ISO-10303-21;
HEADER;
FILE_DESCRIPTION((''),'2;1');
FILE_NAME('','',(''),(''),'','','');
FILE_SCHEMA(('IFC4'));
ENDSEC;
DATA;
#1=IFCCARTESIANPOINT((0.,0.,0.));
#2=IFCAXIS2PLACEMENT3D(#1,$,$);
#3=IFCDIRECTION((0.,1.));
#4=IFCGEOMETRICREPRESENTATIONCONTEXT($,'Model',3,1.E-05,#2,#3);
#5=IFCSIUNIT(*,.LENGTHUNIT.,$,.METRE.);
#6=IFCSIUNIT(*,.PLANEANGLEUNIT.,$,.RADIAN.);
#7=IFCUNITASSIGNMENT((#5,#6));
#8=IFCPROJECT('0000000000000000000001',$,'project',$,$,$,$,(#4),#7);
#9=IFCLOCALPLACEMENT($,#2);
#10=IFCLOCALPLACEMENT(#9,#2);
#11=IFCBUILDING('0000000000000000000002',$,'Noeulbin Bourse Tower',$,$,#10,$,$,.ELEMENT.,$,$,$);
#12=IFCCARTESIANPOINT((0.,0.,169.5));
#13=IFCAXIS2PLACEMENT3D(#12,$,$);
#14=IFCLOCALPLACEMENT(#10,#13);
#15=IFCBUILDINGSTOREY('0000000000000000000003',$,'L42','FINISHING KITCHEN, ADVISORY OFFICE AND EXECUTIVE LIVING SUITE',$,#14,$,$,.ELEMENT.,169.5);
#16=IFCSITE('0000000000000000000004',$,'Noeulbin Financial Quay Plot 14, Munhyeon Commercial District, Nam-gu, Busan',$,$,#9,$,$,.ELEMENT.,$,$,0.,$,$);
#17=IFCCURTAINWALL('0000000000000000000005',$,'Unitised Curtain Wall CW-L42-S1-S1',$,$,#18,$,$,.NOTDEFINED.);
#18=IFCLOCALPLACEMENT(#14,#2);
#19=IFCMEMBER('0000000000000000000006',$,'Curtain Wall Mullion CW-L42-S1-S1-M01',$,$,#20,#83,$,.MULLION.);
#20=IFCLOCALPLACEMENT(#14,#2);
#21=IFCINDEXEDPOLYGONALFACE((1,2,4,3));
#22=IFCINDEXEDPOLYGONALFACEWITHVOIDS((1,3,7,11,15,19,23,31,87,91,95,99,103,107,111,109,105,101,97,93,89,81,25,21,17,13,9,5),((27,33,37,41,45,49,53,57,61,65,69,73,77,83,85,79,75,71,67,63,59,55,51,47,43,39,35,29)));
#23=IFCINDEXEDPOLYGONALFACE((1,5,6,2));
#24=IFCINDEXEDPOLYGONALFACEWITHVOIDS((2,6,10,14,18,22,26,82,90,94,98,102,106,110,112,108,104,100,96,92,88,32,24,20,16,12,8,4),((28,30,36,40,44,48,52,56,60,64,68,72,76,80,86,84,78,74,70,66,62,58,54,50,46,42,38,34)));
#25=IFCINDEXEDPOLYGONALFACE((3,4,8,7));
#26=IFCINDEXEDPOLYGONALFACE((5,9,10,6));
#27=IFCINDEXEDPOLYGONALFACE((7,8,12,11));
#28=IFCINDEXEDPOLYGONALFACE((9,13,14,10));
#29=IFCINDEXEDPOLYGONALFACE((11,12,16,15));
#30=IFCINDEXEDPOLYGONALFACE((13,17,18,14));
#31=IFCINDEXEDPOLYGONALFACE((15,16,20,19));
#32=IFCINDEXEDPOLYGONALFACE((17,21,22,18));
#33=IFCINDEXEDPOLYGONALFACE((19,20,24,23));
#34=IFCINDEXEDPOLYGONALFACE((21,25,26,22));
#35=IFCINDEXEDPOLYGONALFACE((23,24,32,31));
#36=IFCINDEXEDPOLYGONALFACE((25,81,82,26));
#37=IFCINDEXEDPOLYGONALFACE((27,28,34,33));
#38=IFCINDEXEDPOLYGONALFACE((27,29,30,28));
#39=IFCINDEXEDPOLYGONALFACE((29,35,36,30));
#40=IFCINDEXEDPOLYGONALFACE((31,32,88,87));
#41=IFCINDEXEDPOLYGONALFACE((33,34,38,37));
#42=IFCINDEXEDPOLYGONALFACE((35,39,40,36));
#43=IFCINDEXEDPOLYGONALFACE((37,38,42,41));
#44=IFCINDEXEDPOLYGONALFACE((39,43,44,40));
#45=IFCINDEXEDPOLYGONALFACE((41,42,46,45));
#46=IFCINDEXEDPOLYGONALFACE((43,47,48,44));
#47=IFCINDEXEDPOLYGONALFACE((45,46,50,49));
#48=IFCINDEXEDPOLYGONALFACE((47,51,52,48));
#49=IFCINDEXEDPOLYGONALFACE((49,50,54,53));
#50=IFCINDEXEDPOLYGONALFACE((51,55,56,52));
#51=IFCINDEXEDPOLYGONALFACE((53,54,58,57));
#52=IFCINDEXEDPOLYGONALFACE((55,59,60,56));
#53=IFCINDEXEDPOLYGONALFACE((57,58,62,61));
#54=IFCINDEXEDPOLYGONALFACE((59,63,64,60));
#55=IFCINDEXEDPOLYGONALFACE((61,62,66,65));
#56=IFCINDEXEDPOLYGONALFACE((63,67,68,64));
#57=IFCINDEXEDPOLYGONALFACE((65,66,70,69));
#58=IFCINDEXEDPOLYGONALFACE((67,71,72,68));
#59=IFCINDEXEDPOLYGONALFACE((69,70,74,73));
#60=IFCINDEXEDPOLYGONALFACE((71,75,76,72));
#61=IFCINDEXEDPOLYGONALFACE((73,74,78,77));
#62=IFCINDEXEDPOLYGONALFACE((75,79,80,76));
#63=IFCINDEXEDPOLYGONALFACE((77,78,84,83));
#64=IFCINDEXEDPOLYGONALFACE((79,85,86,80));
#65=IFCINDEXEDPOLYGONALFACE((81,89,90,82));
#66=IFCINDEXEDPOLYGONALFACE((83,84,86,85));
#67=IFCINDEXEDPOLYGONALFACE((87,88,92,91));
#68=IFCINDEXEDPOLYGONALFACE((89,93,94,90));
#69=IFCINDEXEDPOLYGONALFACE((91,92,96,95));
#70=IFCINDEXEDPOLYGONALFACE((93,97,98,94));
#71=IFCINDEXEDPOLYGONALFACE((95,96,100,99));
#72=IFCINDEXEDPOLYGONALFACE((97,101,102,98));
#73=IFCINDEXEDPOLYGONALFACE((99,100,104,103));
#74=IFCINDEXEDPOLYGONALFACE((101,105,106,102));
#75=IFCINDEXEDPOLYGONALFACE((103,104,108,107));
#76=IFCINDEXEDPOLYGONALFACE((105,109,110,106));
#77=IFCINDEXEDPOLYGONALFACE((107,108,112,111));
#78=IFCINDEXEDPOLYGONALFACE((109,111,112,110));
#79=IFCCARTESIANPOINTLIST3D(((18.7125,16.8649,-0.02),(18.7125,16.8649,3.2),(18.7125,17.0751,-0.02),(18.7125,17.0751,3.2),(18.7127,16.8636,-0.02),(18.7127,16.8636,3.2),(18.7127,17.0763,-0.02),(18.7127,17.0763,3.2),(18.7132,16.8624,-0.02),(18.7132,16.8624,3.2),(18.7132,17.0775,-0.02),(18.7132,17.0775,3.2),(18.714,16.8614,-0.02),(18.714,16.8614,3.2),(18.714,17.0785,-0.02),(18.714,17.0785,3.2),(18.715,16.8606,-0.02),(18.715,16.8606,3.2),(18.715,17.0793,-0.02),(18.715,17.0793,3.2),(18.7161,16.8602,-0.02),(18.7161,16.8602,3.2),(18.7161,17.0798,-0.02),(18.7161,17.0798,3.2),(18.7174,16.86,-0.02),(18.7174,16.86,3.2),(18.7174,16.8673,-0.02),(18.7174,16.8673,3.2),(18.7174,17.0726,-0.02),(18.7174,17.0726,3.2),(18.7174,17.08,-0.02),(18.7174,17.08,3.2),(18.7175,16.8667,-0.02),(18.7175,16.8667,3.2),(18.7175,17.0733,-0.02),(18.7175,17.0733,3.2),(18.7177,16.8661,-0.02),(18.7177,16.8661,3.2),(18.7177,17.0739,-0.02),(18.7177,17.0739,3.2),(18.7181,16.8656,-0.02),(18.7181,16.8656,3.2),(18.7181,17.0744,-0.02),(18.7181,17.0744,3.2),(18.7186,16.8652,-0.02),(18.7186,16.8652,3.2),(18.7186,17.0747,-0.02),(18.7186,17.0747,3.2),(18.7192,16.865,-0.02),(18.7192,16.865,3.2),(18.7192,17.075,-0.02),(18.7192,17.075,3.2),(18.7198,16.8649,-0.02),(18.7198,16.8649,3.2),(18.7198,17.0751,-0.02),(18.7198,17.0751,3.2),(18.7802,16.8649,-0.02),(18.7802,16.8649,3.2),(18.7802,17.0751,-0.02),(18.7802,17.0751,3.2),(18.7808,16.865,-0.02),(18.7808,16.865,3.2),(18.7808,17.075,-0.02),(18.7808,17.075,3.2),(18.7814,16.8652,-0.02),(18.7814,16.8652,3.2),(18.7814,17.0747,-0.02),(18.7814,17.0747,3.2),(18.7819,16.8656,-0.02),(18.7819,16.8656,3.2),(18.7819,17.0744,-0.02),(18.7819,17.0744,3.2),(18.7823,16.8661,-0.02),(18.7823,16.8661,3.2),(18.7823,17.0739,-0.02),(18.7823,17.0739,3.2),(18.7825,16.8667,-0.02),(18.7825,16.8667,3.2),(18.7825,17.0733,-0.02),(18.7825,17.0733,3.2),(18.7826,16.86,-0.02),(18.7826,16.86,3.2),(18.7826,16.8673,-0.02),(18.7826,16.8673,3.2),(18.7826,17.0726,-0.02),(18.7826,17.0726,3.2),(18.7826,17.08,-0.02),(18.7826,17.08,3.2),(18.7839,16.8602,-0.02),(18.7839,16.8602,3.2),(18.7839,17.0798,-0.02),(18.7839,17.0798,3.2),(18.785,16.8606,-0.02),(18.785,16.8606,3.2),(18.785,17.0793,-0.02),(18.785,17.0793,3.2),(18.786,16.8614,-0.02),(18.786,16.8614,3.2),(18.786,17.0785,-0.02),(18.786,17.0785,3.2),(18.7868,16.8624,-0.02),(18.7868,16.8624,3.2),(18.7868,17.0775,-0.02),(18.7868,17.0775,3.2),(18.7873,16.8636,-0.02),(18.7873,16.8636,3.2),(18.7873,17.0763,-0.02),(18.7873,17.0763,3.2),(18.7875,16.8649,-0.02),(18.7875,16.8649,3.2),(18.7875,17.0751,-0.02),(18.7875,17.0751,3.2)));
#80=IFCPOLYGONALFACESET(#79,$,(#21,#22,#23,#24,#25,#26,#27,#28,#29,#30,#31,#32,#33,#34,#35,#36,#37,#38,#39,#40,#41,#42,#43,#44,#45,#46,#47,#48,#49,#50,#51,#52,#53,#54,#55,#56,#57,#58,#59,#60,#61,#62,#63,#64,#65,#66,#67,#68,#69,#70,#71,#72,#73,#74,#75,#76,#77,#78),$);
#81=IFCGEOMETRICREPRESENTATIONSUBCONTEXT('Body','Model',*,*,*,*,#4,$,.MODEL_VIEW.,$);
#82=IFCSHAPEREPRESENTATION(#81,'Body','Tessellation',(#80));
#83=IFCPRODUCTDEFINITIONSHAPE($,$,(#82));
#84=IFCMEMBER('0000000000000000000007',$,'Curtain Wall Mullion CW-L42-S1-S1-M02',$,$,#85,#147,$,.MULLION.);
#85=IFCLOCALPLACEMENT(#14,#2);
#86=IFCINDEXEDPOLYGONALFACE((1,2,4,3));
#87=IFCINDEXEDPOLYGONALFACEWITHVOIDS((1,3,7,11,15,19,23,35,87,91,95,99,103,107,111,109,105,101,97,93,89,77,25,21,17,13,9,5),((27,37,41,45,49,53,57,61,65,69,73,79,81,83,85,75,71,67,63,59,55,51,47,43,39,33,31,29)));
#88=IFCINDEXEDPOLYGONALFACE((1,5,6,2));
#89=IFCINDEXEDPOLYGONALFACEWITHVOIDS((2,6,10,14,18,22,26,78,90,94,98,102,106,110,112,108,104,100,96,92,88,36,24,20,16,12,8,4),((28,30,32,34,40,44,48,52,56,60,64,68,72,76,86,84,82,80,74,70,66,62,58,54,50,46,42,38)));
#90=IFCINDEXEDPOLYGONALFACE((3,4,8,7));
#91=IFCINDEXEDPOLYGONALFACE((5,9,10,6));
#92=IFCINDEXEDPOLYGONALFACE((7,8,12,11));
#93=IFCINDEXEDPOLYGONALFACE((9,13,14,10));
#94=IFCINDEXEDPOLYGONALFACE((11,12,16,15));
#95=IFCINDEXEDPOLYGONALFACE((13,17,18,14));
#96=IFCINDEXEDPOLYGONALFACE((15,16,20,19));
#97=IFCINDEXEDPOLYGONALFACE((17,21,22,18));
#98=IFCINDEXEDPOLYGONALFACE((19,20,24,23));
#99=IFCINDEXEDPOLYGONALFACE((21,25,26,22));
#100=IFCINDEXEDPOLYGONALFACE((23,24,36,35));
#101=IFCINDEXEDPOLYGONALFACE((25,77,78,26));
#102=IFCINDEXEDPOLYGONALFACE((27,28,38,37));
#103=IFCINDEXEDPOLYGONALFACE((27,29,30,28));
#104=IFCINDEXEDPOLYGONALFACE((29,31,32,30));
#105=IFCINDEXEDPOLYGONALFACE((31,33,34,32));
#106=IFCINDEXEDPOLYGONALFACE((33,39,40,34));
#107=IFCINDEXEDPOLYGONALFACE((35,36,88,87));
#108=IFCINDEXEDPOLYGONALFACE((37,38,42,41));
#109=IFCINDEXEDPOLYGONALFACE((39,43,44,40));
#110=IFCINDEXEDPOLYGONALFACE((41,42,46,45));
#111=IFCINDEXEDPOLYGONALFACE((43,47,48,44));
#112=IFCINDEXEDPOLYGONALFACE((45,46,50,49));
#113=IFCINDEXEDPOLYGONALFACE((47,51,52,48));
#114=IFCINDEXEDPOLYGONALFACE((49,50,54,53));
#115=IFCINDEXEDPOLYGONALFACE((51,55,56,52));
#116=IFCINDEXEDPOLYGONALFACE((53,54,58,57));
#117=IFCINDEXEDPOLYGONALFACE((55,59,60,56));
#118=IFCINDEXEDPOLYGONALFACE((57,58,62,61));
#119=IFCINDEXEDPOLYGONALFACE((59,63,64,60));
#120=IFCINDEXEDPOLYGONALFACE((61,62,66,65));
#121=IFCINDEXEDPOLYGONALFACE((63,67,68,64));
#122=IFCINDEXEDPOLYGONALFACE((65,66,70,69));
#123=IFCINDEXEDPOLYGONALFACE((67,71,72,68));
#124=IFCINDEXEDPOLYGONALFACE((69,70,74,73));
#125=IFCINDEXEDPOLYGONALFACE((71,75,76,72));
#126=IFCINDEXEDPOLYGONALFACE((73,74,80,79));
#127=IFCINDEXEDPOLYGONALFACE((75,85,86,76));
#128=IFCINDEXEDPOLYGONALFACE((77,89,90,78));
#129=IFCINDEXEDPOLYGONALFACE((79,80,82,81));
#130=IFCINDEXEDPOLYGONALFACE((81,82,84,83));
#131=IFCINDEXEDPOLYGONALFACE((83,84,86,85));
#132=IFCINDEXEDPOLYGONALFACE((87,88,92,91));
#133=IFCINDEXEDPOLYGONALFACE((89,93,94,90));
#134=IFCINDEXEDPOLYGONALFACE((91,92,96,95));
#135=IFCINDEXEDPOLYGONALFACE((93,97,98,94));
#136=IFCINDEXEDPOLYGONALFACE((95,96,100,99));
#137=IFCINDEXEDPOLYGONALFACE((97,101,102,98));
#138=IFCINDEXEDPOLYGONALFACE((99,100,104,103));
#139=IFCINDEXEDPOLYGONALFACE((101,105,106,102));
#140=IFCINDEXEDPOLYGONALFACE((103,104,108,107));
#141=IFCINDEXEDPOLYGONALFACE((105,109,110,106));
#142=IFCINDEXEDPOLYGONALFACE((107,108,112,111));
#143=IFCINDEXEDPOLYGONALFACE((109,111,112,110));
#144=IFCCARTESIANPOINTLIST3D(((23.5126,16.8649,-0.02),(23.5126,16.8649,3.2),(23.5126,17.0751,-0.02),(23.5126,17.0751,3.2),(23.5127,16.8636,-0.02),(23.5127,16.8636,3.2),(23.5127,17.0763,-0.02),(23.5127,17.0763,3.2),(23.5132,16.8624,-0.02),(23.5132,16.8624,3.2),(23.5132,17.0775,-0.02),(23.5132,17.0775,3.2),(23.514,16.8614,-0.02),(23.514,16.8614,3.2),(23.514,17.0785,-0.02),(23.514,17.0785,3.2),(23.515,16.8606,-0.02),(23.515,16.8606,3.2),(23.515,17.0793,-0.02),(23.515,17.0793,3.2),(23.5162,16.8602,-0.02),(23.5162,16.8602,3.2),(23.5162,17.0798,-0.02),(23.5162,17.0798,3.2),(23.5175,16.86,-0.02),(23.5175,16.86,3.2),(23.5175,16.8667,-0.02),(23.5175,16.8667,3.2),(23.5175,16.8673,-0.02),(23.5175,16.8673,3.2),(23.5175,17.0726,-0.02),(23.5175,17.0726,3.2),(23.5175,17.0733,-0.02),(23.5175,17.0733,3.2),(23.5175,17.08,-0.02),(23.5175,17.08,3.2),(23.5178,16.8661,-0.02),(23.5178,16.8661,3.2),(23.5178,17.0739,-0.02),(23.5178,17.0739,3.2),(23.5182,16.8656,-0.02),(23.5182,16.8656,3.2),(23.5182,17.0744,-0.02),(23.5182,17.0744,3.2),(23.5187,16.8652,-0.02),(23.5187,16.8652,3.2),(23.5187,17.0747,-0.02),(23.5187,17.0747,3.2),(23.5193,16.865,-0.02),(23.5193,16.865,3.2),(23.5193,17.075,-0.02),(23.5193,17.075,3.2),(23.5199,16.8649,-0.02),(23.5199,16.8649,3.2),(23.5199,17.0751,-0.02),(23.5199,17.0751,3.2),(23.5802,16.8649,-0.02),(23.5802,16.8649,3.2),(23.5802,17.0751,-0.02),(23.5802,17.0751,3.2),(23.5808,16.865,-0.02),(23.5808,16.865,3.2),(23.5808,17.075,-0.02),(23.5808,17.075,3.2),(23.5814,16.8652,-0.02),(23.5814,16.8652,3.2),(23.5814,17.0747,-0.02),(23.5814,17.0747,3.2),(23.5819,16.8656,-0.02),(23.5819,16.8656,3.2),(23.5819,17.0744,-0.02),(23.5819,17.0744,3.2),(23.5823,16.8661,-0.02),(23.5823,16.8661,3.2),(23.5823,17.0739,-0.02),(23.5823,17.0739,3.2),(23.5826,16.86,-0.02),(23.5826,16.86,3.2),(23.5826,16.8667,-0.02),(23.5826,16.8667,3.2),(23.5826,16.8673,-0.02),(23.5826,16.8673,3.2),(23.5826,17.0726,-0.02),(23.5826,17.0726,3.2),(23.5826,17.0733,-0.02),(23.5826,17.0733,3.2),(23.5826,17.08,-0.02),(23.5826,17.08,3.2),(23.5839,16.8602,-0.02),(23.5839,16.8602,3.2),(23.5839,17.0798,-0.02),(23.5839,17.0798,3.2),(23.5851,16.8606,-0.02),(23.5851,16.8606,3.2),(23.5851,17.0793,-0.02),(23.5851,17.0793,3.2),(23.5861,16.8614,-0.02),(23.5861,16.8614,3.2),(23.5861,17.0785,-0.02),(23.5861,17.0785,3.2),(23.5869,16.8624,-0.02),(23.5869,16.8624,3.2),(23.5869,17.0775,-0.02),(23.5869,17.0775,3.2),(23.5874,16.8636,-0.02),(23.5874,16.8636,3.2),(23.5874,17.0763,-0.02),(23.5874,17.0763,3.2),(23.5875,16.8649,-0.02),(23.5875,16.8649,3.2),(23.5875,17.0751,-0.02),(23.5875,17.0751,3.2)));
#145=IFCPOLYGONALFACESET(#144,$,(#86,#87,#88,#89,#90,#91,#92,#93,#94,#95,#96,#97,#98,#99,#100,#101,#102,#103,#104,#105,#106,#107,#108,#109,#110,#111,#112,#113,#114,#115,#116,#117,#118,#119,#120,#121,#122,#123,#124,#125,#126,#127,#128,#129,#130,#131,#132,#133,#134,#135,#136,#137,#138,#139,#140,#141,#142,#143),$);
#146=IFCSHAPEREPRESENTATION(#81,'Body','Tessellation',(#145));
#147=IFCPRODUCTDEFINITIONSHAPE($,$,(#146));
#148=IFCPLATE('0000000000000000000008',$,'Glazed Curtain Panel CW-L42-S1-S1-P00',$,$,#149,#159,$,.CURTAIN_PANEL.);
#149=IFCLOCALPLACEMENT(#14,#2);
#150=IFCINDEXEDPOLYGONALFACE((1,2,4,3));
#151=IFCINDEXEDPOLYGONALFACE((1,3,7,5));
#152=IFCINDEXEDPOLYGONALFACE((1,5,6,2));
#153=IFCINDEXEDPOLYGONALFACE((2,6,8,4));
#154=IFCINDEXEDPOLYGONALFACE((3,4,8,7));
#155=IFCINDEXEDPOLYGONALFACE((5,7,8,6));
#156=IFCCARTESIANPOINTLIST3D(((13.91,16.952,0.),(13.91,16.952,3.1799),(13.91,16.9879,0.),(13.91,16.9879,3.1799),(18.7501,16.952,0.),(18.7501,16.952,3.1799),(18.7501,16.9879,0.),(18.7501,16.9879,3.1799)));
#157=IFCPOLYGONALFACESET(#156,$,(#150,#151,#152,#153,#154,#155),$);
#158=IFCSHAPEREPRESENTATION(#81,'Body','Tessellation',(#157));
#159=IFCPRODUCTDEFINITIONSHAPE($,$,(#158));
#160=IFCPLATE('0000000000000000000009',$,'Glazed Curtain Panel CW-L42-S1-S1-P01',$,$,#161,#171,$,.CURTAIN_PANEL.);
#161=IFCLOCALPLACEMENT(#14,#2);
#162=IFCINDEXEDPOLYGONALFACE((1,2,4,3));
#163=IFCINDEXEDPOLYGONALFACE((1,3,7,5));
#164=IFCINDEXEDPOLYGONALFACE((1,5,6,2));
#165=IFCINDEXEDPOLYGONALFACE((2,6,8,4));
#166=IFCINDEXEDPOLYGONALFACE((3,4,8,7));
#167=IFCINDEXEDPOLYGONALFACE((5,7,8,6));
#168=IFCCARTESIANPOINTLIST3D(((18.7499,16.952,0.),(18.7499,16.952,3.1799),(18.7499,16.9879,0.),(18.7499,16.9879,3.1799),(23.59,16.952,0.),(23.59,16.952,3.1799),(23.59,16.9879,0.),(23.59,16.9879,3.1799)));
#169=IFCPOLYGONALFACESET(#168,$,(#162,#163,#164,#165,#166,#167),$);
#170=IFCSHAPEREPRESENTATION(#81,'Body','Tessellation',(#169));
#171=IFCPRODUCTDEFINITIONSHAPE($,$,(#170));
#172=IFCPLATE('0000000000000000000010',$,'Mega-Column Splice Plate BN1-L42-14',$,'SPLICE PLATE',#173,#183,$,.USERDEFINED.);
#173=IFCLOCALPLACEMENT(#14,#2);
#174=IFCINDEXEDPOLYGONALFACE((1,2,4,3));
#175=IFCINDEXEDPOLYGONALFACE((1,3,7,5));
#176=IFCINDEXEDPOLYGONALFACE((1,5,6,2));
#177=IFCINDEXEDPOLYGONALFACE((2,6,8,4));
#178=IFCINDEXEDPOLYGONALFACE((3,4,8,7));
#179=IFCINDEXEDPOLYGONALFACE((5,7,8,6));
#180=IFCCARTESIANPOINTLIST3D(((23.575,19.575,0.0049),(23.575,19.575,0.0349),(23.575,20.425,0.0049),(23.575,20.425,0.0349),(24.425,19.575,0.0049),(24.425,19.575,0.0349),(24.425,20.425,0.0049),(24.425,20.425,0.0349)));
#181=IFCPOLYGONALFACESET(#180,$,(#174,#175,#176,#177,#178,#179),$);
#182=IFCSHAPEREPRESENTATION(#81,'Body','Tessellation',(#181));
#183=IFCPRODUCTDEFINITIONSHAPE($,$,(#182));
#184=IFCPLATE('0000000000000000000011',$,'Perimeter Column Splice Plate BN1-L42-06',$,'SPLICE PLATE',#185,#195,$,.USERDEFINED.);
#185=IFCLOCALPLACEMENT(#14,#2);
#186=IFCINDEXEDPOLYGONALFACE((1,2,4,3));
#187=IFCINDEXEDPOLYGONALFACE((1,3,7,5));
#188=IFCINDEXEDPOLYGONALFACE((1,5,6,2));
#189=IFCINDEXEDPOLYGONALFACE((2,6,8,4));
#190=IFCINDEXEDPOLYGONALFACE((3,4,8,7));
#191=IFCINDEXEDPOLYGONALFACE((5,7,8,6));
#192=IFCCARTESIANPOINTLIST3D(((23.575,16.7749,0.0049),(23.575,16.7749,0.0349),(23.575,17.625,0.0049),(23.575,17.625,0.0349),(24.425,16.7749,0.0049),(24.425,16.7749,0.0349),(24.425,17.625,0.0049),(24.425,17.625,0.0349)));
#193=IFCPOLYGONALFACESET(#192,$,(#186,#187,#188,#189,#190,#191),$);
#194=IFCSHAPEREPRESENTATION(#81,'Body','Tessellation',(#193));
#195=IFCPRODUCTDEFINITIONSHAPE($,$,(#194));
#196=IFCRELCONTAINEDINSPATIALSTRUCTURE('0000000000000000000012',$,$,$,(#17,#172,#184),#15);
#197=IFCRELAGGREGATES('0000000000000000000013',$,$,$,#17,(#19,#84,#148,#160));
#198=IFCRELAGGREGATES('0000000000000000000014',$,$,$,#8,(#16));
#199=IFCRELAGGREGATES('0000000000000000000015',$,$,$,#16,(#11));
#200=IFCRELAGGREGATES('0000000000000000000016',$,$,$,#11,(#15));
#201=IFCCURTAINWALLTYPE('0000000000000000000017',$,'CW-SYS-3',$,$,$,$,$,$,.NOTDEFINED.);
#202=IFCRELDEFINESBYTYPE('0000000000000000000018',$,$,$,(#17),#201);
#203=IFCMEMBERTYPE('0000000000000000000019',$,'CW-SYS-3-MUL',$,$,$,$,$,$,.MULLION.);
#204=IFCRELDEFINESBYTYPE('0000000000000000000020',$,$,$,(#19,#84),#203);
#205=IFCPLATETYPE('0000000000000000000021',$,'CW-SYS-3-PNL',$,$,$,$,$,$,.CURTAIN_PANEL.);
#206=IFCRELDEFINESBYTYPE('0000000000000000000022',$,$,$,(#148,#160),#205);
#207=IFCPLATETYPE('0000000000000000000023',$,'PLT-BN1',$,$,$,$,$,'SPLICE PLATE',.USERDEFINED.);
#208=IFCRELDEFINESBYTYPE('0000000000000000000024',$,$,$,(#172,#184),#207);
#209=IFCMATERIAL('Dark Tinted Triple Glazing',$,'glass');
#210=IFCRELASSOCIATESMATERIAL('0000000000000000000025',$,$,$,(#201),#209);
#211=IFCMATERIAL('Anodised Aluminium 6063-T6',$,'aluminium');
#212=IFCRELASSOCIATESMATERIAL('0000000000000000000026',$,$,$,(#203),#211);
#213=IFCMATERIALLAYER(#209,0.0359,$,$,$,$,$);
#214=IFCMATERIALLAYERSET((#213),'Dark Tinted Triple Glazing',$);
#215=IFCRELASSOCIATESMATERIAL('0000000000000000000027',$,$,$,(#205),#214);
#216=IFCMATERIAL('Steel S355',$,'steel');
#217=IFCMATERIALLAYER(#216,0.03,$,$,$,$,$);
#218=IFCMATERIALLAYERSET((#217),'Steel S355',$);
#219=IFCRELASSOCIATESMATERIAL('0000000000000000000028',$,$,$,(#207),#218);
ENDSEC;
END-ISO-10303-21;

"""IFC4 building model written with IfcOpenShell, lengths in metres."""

from ifc_helpers import new_model, si_unit, direction, frame, origin, origin_2d, place, context, subcontext, project, spatial, rectangle, hollow_rectangle, extrude, material, layer, layer_set, material_profile, profile_set, type_object, element, aggregate, save


model = new_model("IFC4")

# Units and contexts
model_context = context("Model", 3, precision=1e-05, world=origin(), true_north=direction((0.0, 1.0)))
body_context = subcontext(model_context, "Body", "Model", "MODEL_VIEW")
ifc_project = project(units=[si_unit("LENGTHUNIT", "METRE"), si_unit("PLANEANGLEUNIT", "RADIAN")], contexts=[model_context])

# Site, building, storey
site_placement = place(None, origin())
site = spatial("IfcSite", under=ifc_project, at=site_placement, Name="Noeulbin Financial Quay Plot 14, Munhyeon Commercial District, Nam-gu, Busan", CompositionType="ELEMENT", RefElevation=0.0)
building_placement = place(site_placement, origin())
building = spatial("IfcBuilding", under=site, at=building_placement, Name="Noeulbin Bourse Tower", CompositionType="ELEMENT")
storey_placement = place(building_placement, frame((0.0, 0.0, 169.5)))
storey = spatial("IfcBuildingStorey", under=building, at=storey_placement, Name="L42", Description="FINISHING KITCHEN, ADVISORY OFFICE AND EXECUTIVE LIVING SUITE", CompositionType="ELEMENT", Elevation=169.5)

# Shared definitions
ifc_material_1 = material(Name="Steel S355", Category="steel")

# Curtain wall, members, plates
ifc_material_2 = material(Name="Dark Tinted Triple Glazing", Category="glass")
curtain_wall_type = type_object("IfcCurtainWallType", Name="CW-SYS-3", PredefinedType="NOTDEFINED", material=ifc_material_2)
curtain_wall_placement = place(storey_placement, origin())
curtain_wall = element("IfcCurtainWall", 1, at=curtain_wall_placement, inside=storey, type_object=curtain_wall_type, Name="Unitised Curtain Wall CW-L42-S1-S1", PredefinedType="NOTDEFINED")
ifc_material_3 = material(Name="Anodised Aluminium 6063-T6", Category="aluminium")
ifc_material_profile_1 = material_profile(ifc_material_3, hollow_rectangle(XDim=0.075, YDim=0.22, WallThickness=0.0049, InnerFilletRadius=0.0024, OuterFilletRadius=0.0049, at=origin_2d()), Name="ALU-MULL-75x220x5", Category="LoadBearing")
ifc_profile_set_1 = profile_set([ifc_material_profile_1], Name="Anodised Aluminium 6063-T6")
member_type = type_object("IfcMemberType", Name="CW-SYS-3-MUL", PredefinedType="MULLION", material=ifc_profile_set_1)
member_1_placement = place(storey_placement, frame((18.75, 16.97, -0.02), z_axis=(0.0, 0.0, 1.0), x_axis=(1.0, 0.0, 0.0)))
member_1 = element("IfcMember", 2, at=member_1_placement, type_object=member_type, Name="Curtain Wall Mullion CW-L42-S1-S1-M01", PredefinedType="MULLION", context=body_context, shape_type="SweptSolid", body=[
    extrude(hollow_rectangle(XDim=0.075, YDim=0.22, WallThickness=0.0049, InnerFilletRadius=0.0024, OuterFilletRadius=0.0049, at=origin_2d()), origin(), (0.0, 0.0, 1.0), 3.22),
])
member_2_placement = place(storey_placement, frame((23.55, 16.97, -0.02), z_axis=(0.0, 0.0, 1.0), x_axis=(1.0, 0.0, 0.0)))
member_2 = element("IfcMember", 3, at=member_2_placement, type_object=member_type, Name="Curtain Wall Mullion CW-L42-S1-S1-M02", PredefinedType="MULLION", context=body_context, shape_type="SweptSolid", body=[
    extrude(hollow_rectangle(XDim=0.075, YDim=0.22, WallThickness=0.0049, InnerFilletRadius=0.0024, OuterFilletRadius=0.0049, at=origin_2d()), origin(), (0.0, 0.0, 1.0), 3.22),
])
ifc_layer_1 = layer(ifc_material_2, 0.0359)
ifc_layer_set_1 = layer_set([ifc_layer_1], Name="Dark Tinted Triple Glazing")
plate_type_1 = type_object("IfcPlateType", Name="CW-SYS-3-PNL", PredefinedType="CURTAIN_PANEL", material=ifc_layer_set_1)
plate_1_placement = place(storey_placement, frame((16.3301, 16.97, 0.0), z_axis=(0.0, 0.0, 1.0), x_axis=(1.0, 0.0, 0.0)))
plate_1 = element("IfcPlate", 4, at=plate_1_placement, type_object=plate_type_1, Name="Glazed Curtain Panel CW-L42-S1-S1-P00", PredefinedType="CURTAIN_PANEL", context=body_context, shape_type="SweptSolid", body=[
    extrude(rectangle(XDim=4.8401, YDim=0.0359, at=origin_2d()), origin(), (0.0, 0.0, 1.0), 3.1799),
])
plate_2_placement = place(storey_placement, frame((21.1699, 16.97, 0.0), z_axis=(0.0, 0.0, 1.0), x_axis=(1.0, 0.0, 0.0)))
plate_2 = element("IfcPlate", 5, at=plate_2_placement, type_object=plate_type_1, Name="Glazed Curtain Panel CW-L42-S1-S1-P01", PredefinedType="CURTAIN_PANEL", context=body_context, shape_type="SweptSolid", body=[
    extrude(rectangle(XDim=4.8401, YDim=0.0359, at=origin_2d()), origin(), (0.0, 0.0, 1.0), 3.1799),
])
aggregate(curtain_wall, [member_1, member_2, plate_1, plate_2])

# Plates
ifc_layer_2 = layer(ifc_material_1, 0.03)
ifc_layer_set_2 = layer_set([ifc_layer_2], Name="Steel S355")
plate_type_2 = type_object("IfcPlateType", Name="PLT-BN1", ElementType="SPLICE PLATE", PredefinedType="USERDEFINED", material=ifc_layer_set_2)
for number, where, z_axis, x_axis, name in (
    (6, (24.0, 20.0, 0.0049), (0.0, 0.0, 1.0), (1.0, 0.0, 0.0), "Mega-Column Splice Plate BN1-L42-14"),
    (7, (24.0, 17.2, 0.0049), (0.0, 0.0, 1.0), (1.0, 0.0, 0.0), "Perimeter Column Splice Plate BN1-L42-06"),
):
    element("IfcPlate", number, at=place(storey_placement, frame(where, z_axis=z_axis, x_axis=x_axis)), inside=storey, type_object=plate_type_2, Name=name, ObjectType="SPLICE PLATE", PredefinedType="USERDEFINED", context=body_context, shape_type="SweptSolid", body=[
        extrude(rectangle(XDim=0.8501, YDim=0.8501, at=origin_2d()), origin(), (0.0, 0.0, 1.0), 0.03),
    ])

save(model, "model.ifc")
